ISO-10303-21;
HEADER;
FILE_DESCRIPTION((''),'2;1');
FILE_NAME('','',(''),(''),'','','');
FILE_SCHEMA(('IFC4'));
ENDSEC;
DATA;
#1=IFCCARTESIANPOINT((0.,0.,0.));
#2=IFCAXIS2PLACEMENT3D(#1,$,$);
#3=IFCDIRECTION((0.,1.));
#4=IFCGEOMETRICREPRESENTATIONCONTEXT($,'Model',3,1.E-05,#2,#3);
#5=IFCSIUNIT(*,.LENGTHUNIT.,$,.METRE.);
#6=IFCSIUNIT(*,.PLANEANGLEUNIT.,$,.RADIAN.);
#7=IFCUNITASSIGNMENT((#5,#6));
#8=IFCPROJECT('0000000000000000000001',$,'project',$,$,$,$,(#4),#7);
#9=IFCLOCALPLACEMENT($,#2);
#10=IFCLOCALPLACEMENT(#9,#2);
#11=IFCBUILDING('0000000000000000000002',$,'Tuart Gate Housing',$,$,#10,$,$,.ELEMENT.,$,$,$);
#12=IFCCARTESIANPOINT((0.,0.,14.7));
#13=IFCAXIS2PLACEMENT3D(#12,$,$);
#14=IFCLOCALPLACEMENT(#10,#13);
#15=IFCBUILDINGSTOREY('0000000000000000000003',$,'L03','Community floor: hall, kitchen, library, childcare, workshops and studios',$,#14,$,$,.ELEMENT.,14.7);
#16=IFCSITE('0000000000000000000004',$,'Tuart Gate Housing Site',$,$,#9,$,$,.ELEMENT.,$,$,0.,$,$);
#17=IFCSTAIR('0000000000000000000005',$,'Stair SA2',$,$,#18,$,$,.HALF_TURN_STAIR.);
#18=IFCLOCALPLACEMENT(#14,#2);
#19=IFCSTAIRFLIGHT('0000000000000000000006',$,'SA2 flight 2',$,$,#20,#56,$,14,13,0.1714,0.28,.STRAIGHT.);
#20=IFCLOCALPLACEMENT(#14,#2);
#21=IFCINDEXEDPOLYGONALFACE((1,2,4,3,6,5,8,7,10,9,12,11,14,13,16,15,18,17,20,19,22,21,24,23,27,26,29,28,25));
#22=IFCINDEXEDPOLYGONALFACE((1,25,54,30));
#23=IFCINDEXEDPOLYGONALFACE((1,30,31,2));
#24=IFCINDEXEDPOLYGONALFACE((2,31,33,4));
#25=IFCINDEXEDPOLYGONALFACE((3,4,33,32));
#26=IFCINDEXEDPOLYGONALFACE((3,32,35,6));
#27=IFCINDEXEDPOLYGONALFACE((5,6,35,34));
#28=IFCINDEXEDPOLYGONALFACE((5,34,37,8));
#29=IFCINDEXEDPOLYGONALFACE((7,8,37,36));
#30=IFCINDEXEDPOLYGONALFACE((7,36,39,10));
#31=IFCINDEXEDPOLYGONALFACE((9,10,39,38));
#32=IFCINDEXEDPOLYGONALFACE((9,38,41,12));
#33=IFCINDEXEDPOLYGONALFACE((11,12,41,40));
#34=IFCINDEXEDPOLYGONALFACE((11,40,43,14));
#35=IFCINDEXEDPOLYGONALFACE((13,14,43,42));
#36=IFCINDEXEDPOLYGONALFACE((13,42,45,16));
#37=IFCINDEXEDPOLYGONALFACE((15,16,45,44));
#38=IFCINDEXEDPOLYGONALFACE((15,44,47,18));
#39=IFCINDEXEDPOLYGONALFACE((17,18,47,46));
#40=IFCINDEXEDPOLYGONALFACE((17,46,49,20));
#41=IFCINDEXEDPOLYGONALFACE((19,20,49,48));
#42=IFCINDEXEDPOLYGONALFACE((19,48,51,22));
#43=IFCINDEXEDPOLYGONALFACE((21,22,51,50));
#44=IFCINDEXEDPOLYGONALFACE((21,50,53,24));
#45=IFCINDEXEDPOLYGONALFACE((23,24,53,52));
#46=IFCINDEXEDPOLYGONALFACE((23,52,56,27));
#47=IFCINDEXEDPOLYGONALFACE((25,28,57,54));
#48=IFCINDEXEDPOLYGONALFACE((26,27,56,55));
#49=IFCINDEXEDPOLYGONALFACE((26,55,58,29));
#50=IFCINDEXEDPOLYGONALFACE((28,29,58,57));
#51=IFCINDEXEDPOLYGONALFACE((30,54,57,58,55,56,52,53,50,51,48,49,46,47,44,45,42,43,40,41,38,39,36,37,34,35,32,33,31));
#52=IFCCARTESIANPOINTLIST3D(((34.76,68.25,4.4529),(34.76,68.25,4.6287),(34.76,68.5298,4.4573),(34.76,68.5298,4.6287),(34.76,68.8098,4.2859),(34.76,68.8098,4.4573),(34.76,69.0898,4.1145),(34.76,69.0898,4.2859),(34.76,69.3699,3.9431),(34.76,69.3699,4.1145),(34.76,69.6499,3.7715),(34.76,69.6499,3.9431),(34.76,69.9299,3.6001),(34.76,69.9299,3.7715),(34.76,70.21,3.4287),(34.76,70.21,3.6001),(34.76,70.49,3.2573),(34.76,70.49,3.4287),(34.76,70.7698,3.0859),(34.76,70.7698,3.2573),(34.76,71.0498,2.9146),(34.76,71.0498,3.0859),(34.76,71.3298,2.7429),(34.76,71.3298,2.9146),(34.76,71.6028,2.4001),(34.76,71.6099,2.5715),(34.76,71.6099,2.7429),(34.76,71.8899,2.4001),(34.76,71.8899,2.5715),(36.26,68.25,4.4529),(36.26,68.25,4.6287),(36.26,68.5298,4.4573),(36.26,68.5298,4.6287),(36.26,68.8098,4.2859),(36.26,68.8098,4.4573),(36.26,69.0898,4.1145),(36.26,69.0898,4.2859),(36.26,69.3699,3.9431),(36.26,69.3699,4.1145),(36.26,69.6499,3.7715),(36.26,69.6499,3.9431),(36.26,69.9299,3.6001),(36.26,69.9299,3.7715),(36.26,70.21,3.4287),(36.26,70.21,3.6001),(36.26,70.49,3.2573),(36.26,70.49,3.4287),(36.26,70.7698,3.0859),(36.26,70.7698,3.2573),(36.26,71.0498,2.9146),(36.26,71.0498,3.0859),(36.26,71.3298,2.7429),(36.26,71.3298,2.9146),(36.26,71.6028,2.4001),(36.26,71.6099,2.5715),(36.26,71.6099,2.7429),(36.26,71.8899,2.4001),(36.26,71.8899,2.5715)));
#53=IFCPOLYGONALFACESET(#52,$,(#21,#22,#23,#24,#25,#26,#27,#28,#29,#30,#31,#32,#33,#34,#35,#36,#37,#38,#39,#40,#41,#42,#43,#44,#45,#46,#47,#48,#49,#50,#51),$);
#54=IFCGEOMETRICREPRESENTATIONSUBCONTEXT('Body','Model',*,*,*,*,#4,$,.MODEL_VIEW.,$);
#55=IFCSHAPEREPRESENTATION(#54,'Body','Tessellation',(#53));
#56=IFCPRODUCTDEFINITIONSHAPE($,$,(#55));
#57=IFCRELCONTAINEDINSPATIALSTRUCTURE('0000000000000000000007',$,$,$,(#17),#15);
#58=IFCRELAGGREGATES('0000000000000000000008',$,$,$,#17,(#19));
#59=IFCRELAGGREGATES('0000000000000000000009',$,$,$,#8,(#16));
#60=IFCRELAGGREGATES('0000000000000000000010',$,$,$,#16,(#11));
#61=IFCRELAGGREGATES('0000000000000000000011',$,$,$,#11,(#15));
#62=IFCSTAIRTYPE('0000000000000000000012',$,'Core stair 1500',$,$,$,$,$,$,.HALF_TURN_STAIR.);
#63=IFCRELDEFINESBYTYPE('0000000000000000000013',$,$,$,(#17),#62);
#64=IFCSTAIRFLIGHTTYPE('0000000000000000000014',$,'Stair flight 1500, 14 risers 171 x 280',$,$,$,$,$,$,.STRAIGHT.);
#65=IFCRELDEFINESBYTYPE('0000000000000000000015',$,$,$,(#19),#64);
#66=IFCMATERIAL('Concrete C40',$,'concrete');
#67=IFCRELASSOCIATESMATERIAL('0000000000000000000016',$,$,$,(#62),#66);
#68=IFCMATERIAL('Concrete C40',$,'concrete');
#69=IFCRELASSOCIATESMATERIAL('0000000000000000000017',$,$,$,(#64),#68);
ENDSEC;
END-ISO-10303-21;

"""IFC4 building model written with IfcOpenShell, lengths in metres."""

from ifc_helpers import new_model, si_unit, direction, frame, origin, place, context, subcontext, project, spatial, polyline, outline, extrude, material, type_object, element, aggregate, save


model = new_model("IFC4")

# Units and contexts
model_context = context("Model", 3, precision=1e-05, world=origin(), true_north=direction((0.0, 1.0)))
body_context = subcontext(model_context, "Body", "Model", "MODEL_VIEW")
ifc_project = project(units=[si_unit("LENGTHUNIT", "METRE"), si_unit("PLANEANGLEUNIT", "RADIAN")], contexts=[model_context])

# Site, building, storey
site_placement = place(None, origin())
site = spatial("IfcSite", under=ifc_project, at=site_placement, Name="Tuart Gate Housing Site", CompositionType="ELEMENT", RefElevation=0.0)
building_placement = place(site_placement, origin())
building = spatial("IfcBuilding", under=site, at=building_placement, Name="Tuart Gate Housing", CompositionType="ELEMENT")
storey_placement = place(building_placement, frame((0.0, 0.0, 14.7)))
storey = spatial("IfcBuildingStorey", under=building, at=storey_placement, Name="L03", Description="Community floor: hall, kitchen, library, childcare, workshops and studios", CompositionType="ELEMENT", Elevation=14.7)

# Stair, stair flight
ifc_material_1 = material(Name="Concrete C40", Category="concrete")
stair_type = type_object("IfcStairType", Name="Core stair 1500", PredefinedType="HALF_TURN_STAIR", material=ifc_material_1)
stair_placement = place(storey_placement, origin())
stair = element("IfcStair", 1, at=stair_placement, inside=storey, type_object=stair_type, Name="Stair SA2", PredefinedType="HALF_TURN_STAIR")
ifc_material_2 = material(Name="Concrete C40", Category="concrete")
stair_flight_type = type_object("IfcStairFlightType", Name="Stair flight 1500, 14 risers 171 x 280", PredefinedType="STRAIGHT", material=ifc_material_2)
stair_flight_placement = place(storey_placement, frame((35.51, 71.8899, 2.4001), z_axis=(0.0, 0.0, 1.0), x_axis=(0.0, -1.0, 0.0)))
stair_flight = element("IfcStairFlight", 2, at=stair_flight_placement, type_object=stair_flight_type, Name="SA2 flight 2", NumberOfRisers=14, NumberOfTreads=13, PredefinedType="STRAIGHT", RiserHeight=0.1714, TreadLength=0.28, context=body_context, shape_type="SweptSolid", body=[
    extrude(outline(polyline([(0.0, 0.0), (0.0, 0.1714), (0.28, 0.1714), (0.28, 0.3428), (0.5601, 0.3428), (0.5601, 0.5144), (0.8401, 0.5144), (0.8401, 0.6858), (1.1201, 0.6858), (1.1201, 0.8572), (1.3999, 0.8572), (1.3999, 1.0286), (1.6799, 1.0286), (1.6799, 1.2), (1.96, 1.2), (1.96, 1.3713), (2.24, 1.3713), (2.24, 1.543), (2.52, 1.543), (2.52, 1.7144), (2.8, 1.7144), (2.8, 1.8857), (3.0801, 1.8857), (3.0801, 2.0571), (3.3601, 2.0571), (3.3601, 2.2285), (3.6399, 2.2285), (3.6399, 2.3999), (3.6399, 2.0527), (0.2871, 0.0), (0.0, 0.0)])), frame((0.0, 0.75, 0.0), z_axis=(0.0, -1.0, 0.0), x_axis=(1.0, 0.0, 0.0)), (0.0, 0.0, 1.0), 1.5),
])
aggregate(stair, [stair_flight])

save(model, "model.ifc")
